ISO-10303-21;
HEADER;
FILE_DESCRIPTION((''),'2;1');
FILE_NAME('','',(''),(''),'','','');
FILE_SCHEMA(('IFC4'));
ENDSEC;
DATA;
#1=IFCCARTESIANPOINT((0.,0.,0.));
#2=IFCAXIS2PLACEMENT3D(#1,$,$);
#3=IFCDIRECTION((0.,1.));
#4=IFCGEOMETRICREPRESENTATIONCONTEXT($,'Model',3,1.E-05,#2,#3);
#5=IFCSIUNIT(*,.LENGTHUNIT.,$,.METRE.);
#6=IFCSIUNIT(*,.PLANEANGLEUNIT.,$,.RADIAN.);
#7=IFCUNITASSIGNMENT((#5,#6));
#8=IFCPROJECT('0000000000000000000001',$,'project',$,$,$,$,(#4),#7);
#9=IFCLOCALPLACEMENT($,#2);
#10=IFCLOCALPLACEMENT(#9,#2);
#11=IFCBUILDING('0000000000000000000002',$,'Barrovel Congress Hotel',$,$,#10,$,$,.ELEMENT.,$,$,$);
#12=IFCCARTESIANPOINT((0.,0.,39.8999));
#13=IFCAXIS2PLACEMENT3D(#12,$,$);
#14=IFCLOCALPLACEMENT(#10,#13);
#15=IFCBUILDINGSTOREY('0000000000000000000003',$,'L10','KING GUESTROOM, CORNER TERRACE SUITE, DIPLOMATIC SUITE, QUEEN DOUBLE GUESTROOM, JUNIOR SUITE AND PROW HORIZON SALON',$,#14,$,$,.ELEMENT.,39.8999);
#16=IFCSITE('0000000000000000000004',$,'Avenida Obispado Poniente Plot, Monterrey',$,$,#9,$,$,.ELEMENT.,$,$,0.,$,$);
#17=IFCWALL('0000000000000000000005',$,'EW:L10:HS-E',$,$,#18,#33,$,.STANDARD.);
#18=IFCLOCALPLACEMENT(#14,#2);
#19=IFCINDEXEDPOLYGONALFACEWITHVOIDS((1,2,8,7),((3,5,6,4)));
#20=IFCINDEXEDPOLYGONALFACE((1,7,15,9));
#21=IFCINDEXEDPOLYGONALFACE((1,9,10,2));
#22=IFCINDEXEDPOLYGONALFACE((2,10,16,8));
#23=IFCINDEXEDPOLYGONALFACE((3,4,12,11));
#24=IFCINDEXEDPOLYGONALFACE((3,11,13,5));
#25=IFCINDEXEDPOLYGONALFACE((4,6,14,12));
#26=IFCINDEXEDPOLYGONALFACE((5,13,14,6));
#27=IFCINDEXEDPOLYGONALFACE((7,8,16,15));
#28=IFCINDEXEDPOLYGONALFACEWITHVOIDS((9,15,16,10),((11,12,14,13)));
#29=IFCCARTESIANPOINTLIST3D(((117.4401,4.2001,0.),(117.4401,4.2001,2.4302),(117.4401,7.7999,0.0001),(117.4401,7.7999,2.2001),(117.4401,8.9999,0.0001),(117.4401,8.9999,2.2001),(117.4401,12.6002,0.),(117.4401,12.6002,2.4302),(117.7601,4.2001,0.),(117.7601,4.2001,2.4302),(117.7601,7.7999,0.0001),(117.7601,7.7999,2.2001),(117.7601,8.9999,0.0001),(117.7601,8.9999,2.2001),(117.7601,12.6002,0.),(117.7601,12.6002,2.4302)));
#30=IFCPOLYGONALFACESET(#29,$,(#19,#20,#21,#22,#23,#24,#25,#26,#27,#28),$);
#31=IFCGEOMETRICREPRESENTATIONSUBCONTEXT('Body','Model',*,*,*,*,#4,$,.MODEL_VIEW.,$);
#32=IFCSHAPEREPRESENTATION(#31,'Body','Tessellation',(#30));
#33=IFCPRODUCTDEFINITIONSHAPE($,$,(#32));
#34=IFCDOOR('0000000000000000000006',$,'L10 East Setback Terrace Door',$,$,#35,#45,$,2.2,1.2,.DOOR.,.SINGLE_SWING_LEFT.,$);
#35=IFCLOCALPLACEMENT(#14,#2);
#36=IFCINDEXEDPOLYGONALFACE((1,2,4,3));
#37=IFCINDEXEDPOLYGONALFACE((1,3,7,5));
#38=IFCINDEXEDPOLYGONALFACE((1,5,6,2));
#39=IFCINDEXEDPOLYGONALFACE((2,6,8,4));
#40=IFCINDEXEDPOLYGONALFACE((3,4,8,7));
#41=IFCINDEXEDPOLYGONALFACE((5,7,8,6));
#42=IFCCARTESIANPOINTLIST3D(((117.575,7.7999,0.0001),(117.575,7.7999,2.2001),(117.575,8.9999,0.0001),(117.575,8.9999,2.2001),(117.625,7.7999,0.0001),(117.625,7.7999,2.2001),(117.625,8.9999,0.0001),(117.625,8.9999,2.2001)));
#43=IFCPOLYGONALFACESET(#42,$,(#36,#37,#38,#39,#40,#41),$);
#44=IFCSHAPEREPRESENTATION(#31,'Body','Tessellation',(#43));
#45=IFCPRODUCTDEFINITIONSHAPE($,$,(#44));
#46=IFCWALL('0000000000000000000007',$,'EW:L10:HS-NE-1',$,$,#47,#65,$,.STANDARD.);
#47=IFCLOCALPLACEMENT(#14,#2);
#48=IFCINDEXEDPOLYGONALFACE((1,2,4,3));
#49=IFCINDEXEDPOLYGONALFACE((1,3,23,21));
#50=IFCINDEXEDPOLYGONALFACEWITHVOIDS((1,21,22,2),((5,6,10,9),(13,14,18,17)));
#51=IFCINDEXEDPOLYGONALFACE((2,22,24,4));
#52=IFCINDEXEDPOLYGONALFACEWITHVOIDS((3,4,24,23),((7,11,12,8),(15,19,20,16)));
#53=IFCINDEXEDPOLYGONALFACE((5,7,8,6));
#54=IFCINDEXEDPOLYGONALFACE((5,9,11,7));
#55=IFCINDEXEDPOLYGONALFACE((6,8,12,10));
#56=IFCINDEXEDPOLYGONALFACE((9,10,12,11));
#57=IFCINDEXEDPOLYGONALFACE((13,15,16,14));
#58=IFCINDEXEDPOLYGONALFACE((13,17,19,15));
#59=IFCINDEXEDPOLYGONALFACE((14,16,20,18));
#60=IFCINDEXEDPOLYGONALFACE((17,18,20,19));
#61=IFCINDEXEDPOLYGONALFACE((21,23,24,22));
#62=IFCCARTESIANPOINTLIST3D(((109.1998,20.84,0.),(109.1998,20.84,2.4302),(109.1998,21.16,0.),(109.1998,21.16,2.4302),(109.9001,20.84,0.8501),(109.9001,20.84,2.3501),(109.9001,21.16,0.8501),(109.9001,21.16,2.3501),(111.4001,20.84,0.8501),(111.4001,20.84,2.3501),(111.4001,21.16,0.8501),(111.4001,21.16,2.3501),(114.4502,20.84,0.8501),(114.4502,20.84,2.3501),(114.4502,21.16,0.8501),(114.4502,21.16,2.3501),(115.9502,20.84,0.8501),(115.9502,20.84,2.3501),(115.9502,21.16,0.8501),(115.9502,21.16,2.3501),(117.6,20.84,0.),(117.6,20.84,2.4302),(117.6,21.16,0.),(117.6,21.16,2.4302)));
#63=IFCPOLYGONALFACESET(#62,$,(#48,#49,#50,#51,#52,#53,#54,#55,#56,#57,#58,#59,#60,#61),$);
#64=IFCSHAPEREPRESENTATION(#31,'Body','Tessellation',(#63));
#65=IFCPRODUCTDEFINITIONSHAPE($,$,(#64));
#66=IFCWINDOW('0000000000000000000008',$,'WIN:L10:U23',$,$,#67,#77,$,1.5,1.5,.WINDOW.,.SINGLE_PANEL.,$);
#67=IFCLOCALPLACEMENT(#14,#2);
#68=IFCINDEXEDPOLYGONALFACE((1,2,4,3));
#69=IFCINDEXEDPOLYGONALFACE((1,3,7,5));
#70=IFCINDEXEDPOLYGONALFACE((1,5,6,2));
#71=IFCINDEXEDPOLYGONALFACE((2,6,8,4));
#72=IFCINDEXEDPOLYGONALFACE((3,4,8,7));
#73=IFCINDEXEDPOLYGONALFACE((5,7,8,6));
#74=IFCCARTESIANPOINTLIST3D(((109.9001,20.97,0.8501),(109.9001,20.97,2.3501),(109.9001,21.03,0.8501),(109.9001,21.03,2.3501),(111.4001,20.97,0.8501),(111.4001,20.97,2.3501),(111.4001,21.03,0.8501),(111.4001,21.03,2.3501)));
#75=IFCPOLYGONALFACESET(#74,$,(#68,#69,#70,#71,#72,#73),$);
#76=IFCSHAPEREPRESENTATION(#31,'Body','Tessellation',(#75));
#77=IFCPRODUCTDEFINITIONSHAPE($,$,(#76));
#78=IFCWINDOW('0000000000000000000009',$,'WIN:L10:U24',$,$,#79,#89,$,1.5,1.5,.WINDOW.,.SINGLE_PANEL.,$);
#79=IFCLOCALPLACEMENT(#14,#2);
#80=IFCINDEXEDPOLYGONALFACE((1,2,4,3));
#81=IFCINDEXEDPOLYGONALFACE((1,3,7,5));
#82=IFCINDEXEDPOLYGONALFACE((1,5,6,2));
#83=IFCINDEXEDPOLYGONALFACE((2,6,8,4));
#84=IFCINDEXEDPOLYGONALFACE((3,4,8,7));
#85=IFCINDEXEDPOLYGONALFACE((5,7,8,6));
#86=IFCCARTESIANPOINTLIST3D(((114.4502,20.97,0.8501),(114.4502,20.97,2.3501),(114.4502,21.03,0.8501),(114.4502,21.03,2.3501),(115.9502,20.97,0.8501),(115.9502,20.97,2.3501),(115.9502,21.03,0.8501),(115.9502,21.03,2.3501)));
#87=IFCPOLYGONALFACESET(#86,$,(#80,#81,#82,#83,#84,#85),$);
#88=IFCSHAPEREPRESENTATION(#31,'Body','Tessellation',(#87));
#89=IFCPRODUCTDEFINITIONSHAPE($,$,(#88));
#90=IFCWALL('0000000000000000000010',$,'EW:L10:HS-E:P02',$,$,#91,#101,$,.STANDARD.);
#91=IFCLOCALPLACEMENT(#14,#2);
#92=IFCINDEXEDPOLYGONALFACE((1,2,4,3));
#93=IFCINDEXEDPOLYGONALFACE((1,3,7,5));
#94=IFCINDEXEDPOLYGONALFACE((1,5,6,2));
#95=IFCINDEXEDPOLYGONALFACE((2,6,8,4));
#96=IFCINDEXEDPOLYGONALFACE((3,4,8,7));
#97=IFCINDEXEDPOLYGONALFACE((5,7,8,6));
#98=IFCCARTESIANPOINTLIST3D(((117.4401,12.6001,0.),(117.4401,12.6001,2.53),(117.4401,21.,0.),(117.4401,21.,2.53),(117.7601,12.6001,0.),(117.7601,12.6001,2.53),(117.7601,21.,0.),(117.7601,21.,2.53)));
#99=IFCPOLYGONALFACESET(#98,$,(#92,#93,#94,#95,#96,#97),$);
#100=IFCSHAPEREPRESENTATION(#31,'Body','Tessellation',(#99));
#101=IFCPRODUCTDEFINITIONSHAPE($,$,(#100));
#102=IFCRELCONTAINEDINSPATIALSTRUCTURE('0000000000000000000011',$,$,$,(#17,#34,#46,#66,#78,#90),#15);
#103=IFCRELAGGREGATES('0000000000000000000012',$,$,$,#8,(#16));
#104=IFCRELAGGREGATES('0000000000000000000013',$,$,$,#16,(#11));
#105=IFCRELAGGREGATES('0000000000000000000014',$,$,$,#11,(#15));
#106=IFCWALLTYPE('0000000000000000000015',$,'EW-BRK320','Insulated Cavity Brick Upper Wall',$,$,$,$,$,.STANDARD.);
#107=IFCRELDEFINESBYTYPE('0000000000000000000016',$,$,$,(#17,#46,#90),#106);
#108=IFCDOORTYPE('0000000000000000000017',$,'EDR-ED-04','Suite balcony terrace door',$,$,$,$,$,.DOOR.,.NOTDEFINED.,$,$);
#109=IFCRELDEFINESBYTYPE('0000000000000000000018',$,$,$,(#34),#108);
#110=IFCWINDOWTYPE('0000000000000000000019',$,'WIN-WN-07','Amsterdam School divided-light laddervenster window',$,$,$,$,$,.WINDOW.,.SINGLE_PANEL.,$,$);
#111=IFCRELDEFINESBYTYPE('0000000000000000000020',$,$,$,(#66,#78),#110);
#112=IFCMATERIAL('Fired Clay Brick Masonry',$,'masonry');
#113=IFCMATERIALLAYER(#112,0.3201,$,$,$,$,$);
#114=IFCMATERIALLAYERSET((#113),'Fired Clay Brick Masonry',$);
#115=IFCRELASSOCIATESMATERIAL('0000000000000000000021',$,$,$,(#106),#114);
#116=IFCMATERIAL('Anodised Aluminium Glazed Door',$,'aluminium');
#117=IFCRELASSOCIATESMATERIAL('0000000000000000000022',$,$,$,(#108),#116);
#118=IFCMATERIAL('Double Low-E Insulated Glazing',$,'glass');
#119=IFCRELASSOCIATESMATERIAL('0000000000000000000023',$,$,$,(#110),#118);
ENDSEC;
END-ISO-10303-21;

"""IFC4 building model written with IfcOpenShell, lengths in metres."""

from ifc_helpers import new_model, si_unit, direction, frame, frame_2d, origin, place, context, subcontext, project, spatial, rectangle, extrude, material, layer, layer_set, type_object, element, fill, save


model = new_model("IFC4")

# Units and contexts
model_context = context("Model", 3, precision=1e-05, world=origin(), true_north=direction((0.0, 1.0)))
body_context = subcontext(model_context, "Body", "Model", "MODEL_VIEW")
ifc_project = project(units=[si_unit("LENGTHUNIT", "METRE"), si_unit("PLANEANGLEUNIT", "RADIAN")], contexts=[model_context])

# Site, building, storey
site_placement = place(None, origin())
site = spatial("IfcSite", under=ifc_project, at=site_placement, Name="Avenida Obispado Poniente Plot, Monterrey", CompositionType="ELEMENT", RefElevation=0.0)
building_placement = place(site_placement, origin())
building = spatial("IfcBuilding", under=site, at=building_placement, Name="Barrovel Congress Hotel", CompositionType="ELEMENT")
storey_placement = place(building_placement, frame((0.0, 0.0, 39.8999)))
storey = spatial("IfcBuildingStorey", under=building, at=storey_placement, Name="L10", Description="KING GUESTROOM, CORNER TERRACE SUITE, DIPLOMATIC SUITE, QUEEN DOUBLE GUESTROOM, JUNIOR SUITE AND PROW HORIZON SALON", CompositionType="ELEMENT", Elevation=39.8999)

# Shared definitions
ifc_material_1 = material(Name="Double Low-E Insulated Glazing", Category="glass")

# Wall, opening, door
ifc_material_2 = material(Name="Fired Clay Brick Masonry", Category="masonry")
ifc_layer_1 = layer(ifc_material_2, 0.3201)
ifc_layer_set_1 = layer_set([ifc_layer_1], Name="Fired Clay Brick Masonry")
wall_type = type_object("IfcWallType", Name="EW-BRK320", Description="Insulated Cavity Brick Upper Wall", PredefinedType="STANDARD", material=ifc_layer_set_1)
wall_1_placement = place(storey_placement, frame((117.6001, 4.2, 0.0), z_axis=(0.0, 0.0, 1.0), x_axis=(0.0, 1.0, 0.0)))
wall_1 = element("IfcWall", 1, at=wall_1_placement, inside=storey, type_object=wall_type, Name="EW:L10:HS-E", PredefinedType="STANDARD", context=body_context, shape_type="SweptSolid", body=[
    extrude(rectangle(XDim=8.4001, YDim=0.3201, at=frame_2d((4.2002, 0.0))), origin(), (0.0, 0.0, 1.0), 2.4302),
])
opening_1_placement = place(wall_1_placement, frame((4.8, 0.0, 0.0), z_axis=(0.0, 0.0, 1.0), x_axis=(-1.0, 0.0, 0.0)))
opening_1 = element("IfcOpeningElement", 2, at=opening_1_placement, cuts=wall_1, PredefinedType="OPENING", context=body_context, shape_type="SweptSolid", body=[
    extrude(rectangle(XDim=1.2, YDim=2.2, at=frame_2d((0.6001, 1.1001))), frame((0.0, 0.1699, 0.0), z_axis=(0.0, -1.0, 0.0), x_axis=(1.0, 0.0, 0.0)), (0.0, 0.0, 1.0), 0.3401),
])
ifc_material_3 = material(Name="Anodised Aluminium Glazed Door", Category="aluminium")
door_type = type_object("IfcDoorType", Name="EDR-ED-04", Description="Suite balcony terrace door", OperationType="NOTDEFINED", PredefinedType="DOOR", material=ifc_material_3)
door_placement = place(opening_1_placement, origin())
door = element("IfcDoor", 3, at=door_placement, inside=storey, type_object=door_type, Name="L10 East Setback Terrace Door", OperationType="SINGLE_SWING_LEFT", OverallHeight=2.2, OverallWidth=1.2, PredefinedType="DOOR", context=body_context, shape_type="SweptSolid", body=[
    extrude(rectangle(XDim=1.2, YDim=2.2, at=frame_2d((0.6001, 1.1001))), frame((0.0, 0.0249, 0.0), z_axis=(0.0, -1.0, 0.0), x_axis=(1.0, 0.0, 0.0)), (0.0, 0.0, 1.0), 0.05),
])
fill(opening_1, door)

# Wall, openings, windows
wall_2_placement = place(storey_placement, frame((117.6001, 21.0, 0.0), z_axis=(0.0, 0.0, 1.0), x_axis=(-1.0, 0.0, 0.0)))
wall_2 = element("IfcWall", 4, at=wall_2_placement, inside=storey, type_object=wall_type, Name="EW:L10:HS-NE-1", PredefinedType="STANDARD", context=body_context, shape_type="SweptSolid", body=[
    extrude(rectangle(XDim=8.4001, YDim=0.3201, at=frame_2d((4.2002, 0.0))), origin(), (0.0, 0.0, 1.0), 2.4302),
])
opening_2_placement = place(wall_2_placement, frame((6.2, 0.0, 0.8501)))
opening_2 = element("IfcOpeningElement", 5, at=opening_2_placement, cuts=wall_2, PredefinedType="OPENING", context=body_context, shape_type="SweptSolid", body=[
    extrude(rectangle(XDim=1.5, YDim=1.5, at=frame_2d((0.75, 0.75))), frame((0.0, 0.1699, 0.0), z_axis=(0.0, -1.0, 0.0), x_axis=(1.0, 0.0, 0.0)), (0.0, 0.0, 1.0), 0.3401),
])
opening_3_placement = place(wall_2_placement, frame((1.6499, 0.0, 0.8501)))
opening_3 = element("IfcOpeningElement", 6, at=opening_3_placement, cuts=wall_2, PredefinedType="OPENING", context=body_context, shape_type="SweptSolid", body=[
    extrude(rectangle(XDim=1.5, YDim=1.5, at=frame_2d((0.75, 0.75))), frame((0.0, 0.1699, 0.0), z_axis=(0.0, -1.0, 0.0), x_axis=(1.0, 0.0, 0.0)), (0.0, 0.0, 1.0), 0.3401),
])
window_type = type_object("IfcWindowType", Name="WIN-WN-07", Description="Amsterdam School divided-light laddervenster window", PartitioningType="SINGLE_PANEL", PredefinedType="WINDOW", material=ifc_material_1)
window_1_placement = place(opening_2_placement, origin())
window_1 = element("IfcWindow", 7, at=window_1_placement, inside=storey, type_object=window_type, Name="WIN:L10:U23", OverallHeight=1.5, OverallWidth=1.5, PartitioningType="SINGLE_PANEL", PredefinedType="WINDOW", context=body_context, shape_type="SweptSolid", body=[
    extrude(rectangle(XDim=1.5, YDim=1.5, at=frame_2d((0.75, 0.75))), frame((0.0, 0.03, 0.0), z_axis=(0.0, -1.0, 0.0), x_axis=(1.0, 0.0, 0.0)), (0.0, 0.0, 1.0), 0.0601),
])
fill(opening_2, window_1)
window_2_placement = place(opening_3_placement, origin())
window_2 = element("IfcWindow", 8, at=window_2_placement, inside=storey, type_object=window_type, Name="WIN:L10:U24", OverallHeight=1.5, OverallWidth=1.5, PartitioningType="SINGLE_PANEL", PredefinedType="WINDOW", context=body_context, shape_type="SweptSolid", body=[
    extrude(rectangle(XDim=1.5, YDim=1.5, at=frame_2d((0.75, 0.75))), frame((0.0, 0.03, 0.0), z_axis=(0.0, -1.0, 0.0), x_axis=(1.0, 0.0, 0.0)), (0.0, 0.0, 1.0), 0.0601),
])
fill(opening_3, window_2)

# Wall
wall_3_placement = place(storey_placement, frame((117.6001, 12.6001, 0.0), z_axis=(0.0, 0.0, 1.0), x_axis=(0.0, 1.0, 0.0)))
element("IfcWall", 9, at=wall_3_placement, inside=storey, type_object=wall_type, Name="EW:L10:HS-E:P02", PredefinedType="STANDARD", context=body_context, shape_type="SweptSolid", body=[
    extrude(rectangle(XDim=8.3999, YDim=0.3201, at=frame_2d((4.2, 0.0))), origin(), (0.0, 0.0, 1.0), 2.53),
])

save(model, "model.ifc")
